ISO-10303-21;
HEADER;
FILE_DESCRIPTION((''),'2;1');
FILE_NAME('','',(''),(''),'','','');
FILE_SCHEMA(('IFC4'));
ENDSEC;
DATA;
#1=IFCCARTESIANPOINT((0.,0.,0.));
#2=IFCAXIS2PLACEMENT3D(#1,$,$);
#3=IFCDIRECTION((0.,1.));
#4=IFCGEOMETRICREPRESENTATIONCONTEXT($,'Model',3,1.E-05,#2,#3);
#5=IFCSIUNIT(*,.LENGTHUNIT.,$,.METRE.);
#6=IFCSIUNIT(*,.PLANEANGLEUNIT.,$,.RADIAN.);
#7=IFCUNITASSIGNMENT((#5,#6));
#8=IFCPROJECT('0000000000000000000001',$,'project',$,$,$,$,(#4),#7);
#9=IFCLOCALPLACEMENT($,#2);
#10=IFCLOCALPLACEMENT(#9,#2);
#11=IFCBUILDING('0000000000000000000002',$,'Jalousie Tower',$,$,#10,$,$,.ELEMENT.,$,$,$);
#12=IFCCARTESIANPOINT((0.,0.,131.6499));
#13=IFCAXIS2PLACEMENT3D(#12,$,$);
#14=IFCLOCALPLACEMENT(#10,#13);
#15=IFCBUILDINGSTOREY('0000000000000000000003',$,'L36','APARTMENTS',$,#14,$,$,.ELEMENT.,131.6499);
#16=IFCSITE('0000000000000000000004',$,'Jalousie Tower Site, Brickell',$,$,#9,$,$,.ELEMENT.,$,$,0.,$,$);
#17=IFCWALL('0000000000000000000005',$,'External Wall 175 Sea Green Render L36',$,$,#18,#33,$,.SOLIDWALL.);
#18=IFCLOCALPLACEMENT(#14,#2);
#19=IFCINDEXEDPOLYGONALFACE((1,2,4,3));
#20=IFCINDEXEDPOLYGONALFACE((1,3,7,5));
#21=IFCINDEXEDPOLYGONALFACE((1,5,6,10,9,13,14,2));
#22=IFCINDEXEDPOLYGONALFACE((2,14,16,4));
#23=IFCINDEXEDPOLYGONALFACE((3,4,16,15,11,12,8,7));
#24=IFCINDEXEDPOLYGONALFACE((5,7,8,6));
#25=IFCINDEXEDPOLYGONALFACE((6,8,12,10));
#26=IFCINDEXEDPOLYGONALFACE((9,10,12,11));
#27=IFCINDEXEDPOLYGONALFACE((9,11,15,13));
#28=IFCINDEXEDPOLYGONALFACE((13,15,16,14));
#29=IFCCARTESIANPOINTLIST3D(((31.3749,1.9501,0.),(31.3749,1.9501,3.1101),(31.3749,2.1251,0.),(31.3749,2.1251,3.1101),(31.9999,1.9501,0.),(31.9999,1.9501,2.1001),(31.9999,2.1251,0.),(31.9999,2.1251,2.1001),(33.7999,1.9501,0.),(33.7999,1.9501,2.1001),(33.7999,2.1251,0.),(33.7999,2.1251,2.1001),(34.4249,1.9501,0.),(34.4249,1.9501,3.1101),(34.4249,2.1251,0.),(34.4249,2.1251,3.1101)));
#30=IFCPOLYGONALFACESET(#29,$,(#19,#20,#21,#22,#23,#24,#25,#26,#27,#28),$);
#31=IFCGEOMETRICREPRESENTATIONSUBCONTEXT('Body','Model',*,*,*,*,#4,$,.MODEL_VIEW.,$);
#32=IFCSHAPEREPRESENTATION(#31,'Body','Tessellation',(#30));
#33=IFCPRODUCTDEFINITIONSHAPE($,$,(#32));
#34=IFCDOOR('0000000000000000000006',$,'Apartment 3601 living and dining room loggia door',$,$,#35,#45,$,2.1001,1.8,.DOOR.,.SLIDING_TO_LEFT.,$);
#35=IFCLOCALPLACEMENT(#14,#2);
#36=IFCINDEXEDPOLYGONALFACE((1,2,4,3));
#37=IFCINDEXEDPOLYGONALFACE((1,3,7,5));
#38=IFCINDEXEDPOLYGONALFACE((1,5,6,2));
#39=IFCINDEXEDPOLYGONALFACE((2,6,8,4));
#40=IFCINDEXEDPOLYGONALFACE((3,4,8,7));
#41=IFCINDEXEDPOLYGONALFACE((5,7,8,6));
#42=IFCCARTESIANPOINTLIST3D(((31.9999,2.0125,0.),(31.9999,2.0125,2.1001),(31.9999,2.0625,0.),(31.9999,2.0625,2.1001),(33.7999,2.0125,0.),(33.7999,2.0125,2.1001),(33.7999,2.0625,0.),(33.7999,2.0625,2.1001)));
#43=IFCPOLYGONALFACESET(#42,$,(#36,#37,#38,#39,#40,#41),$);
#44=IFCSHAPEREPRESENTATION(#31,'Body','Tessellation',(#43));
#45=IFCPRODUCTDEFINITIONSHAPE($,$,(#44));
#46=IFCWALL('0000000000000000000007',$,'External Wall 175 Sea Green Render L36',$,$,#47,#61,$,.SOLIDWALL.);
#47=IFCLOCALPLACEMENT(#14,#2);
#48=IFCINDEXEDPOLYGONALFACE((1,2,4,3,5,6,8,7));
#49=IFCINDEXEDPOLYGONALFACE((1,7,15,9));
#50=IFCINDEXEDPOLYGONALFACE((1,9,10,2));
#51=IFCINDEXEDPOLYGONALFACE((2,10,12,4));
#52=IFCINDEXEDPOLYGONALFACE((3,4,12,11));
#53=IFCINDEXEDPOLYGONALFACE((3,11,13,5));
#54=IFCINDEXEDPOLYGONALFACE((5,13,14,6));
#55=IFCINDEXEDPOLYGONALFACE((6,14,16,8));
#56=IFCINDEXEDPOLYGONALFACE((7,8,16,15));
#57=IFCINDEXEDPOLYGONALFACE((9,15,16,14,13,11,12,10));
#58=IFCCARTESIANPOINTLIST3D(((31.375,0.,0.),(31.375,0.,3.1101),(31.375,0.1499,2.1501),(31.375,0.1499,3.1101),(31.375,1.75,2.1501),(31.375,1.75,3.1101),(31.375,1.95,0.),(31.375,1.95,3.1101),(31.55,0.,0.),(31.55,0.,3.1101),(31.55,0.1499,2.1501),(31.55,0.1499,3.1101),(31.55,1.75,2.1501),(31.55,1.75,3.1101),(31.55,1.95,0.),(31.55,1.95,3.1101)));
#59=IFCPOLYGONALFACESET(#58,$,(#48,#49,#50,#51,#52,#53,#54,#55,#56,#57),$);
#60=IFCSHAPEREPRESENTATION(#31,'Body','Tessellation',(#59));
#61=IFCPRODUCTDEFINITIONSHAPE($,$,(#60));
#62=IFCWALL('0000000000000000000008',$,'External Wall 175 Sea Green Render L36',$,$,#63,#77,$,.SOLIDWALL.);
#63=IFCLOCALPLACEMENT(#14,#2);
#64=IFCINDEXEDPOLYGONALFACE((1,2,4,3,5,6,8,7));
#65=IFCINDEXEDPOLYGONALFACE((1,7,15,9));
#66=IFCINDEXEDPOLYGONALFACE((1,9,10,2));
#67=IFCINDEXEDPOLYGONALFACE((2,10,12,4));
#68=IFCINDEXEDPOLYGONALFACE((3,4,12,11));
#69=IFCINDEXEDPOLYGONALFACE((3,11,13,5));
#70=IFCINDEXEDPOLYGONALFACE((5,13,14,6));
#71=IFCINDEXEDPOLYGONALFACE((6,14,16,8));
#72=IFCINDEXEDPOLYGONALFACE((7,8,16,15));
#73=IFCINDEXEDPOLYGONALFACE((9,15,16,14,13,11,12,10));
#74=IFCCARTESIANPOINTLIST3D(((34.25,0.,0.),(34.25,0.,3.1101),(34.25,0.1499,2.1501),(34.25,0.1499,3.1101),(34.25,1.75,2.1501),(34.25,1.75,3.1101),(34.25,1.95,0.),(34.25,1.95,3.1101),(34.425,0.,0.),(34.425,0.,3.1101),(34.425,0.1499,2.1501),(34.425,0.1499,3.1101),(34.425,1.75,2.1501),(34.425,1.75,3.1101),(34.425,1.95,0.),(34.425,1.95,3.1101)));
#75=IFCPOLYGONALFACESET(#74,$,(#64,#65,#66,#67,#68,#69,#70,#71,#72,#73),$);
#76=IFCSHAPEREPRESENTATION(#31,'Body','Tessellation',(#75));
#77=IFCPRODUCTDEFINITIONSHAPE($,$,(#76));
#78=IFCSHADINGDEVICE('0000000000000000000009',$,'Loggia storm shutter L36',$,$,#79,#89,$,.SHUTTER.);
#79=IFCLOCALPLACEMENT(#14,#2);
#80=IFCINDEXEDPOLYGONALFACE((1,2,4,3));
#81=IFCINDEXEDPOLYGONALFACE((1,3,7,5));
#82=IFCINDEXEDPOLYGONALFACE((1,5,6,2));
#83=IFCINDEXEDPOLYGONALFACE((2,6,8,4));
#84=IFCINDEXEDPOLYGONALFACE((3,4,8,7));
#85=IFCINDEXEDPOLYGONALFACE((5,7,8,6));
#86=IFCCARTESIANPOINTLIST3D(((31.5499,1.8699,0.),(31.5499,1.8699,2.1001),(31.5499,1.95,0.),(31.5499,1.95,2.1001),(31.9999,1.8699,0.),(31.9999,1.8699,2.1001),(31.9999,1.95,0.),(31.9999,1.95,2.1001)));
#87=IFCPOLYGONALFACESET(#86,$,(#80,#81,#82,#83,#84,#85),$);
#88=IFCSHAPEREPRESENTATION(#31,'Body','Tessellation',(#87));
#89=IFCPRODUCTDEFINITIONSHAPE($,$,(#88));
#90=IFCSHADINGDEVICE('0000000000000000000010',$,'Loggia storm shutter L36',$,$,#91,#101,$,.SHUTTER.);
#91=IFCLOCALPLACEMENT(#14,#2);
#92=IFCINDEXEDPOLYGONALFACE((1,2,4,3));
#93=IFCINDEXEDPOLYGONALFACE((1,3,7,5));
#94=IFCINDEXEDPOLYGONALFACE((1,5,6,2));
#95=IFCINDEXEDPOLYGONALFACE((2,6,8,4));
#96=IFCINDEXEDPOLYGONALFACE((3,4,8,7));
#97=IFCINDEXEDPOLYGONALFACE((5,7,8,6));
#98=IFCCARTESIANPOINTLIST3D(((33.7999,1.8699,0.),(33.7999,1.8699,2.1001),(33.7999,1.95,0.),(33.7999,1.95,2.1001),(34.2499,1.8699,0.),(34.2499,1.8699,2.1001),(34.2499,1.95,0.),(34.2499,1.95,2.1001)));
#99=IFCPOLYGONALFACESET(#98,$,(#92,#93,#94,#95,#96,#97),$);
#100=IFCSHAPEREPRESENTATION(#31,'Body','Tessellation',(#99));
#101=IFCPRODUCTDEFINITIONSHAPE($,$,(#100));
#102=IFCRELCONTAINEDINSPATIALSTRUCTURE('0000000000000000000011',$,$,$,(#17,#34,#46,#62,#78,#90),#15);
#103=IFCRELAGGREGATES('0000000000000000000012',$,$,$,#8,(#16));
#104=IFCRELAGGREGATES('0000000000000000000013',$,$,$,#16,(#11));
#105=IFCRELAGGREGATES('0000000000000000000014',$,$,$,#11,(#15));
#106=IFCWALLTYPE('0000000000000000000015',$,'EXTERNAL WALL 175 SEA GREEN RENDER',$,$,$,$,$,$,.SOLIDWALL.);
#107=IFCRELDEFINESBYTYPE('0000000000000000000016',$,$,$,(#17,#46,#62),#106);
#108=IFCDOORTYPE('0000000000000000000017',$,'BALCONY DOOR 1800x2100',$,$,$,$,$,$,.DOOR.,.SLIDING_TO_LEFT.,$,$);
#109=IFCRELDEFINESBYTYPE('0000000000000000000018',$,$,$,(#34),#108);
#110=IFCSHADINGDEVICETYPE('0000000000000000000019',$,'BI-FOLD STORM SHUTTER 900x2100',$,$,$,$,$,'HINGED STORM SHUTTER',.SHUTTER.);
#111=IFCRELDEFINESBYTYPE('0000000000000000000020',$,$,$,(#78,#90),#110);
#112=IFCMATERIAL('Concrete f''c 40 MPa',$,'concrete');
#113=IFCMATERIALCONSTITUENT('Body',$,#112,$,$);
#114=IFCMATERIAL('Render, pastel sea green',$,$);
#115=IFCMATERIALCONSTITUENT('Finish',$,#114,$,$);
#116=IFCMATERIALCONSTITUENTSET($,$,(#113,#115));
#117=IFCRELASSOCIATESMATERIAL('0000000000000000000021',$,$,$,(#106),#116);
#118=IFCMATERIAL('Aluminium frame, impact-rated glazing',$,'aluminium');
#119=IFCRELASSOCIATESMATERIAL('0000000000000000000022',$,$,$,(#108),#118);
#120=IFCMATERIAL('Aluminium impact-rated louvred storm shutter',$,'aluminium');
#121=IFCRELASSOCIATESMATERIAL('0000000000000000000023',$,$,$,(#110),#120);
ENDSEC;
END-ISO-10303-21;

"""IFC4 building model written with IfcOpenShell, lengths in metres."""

from ifc_helpers import new_model, si_unit, direction, frame, frame_2d, origin, origin_2d, place, context, subcontext, project, spatial, polyline, rectangle, outline, extrude, material, constituent, constituent_set, type_object, element, fill, save


model = new_model("IFC4")

# Units and contexts
model_context = context("Model", 3, precision=1e-05, world=origin(), true_north=direction((0.0, 1.0)))
body_context = subcontext(model_context, "Body", "Model", "MODEL_VIEW")
ifc_project = project(units=[si_unit("LENGTHUNIT", "METRE"), si_unit("PLANEANGLEUNIT", "RADIAN")], contexts=[model_context])

# Site, building, storey
site_placement = place(None, origin())
site = spatial("IfcSite", under=ifc_project, at=site_placement, Name="Jalousie Tower Site, Brickell", CompositionType="ELEMENT", RefElevation=0.0)
building_placement = place(site_placement, origin())
building = spatial("IfcBuilding", under=site, at=building_placement, Name="Jalousie Tower", CompositionType="ELEMENT")
storey_placement = place(building_placement, frame((0.0, 0.0, 131.6499)))
storey = spatial("IfcBuildingStorey", under=building, at=storey_placement, Name="L36", Description="APARTMENTS", CompositionType="ELEMENT", Elevation=131.6499)

# Shared definitions
ifc_material_1 = material(Name="Concrete f'c 40 MPa", Category="concrete")
ifc_constituent_1 = constituent(ifc_material_1, Name="Body")
ifc_material_2 = material(Name="Render, pastel sea green")
ifc_constituent_2 = constituent(ifc_material_2, Name="Finish")
ifc_constituent_set = constituent_set(constituents=[ifc_constituent_1, ifc_constituent_2])
wall_type_1 = type_object("IfcWallType", Name="EXTERNAL WALL 175 SEA GREEN RENDER", PredefinedType="SOLIDWALL", material=ifc_constituent_set)

# Wall, opening, door
wall_1_placement = place(storey_placement, frame((31.375, 2.0376, 0.0), z_axis=(0.0, 0.0, 1.0), x_axis=(1.0, 0.0, 0.0)))
wall_1 = element("IfcWall", 1, at=wall_1_placement, inside=storey, type_object=wall_type_1, Name="External Wall 175 Sea Green Render L36", PredefinedType="SOLIDWALL", context=body_context, shape_type="SweptSolid", body=[
    extrude(rectangle(XDim=3.05, YDim=0.175, at=frame_2d((1.5249, 0.0))), origin(), (0.0, 0.0, 1.0), 3.1101),
])
opening_1_placement = place(wall_1_placement, frame((0.625, 0.0, 0.0)))
opening_1 = element("IfcOpeningElement", 2, at=opening_1_placement, cuts=wall_1, PredefinedType="OPENING", context=body_context, shape_type="SweptSolid", body=[
    extrude(rectangle(XDim=1.8, YDim=2.1001, at=frame_2d((0.8999, 1.05))), frame((0.0, 0.0974, 0.0), z_axis=(0.0, -1.0, 0.0), x_axis=(1.0, 0.0, 0.0)), (0.0, 0.0, 1.0), 0.1951),
])
ifc_material_3 = material(Name="Aluminium frame, impact-rated glazing", Category="aluminium")
door_type_1 = type_object("IfcDoorType", Name="BALCONY DOOR 1800x2100", OperationType="SLIDING_TO_LEFT", PredefinedType="DOOR", material=ifc_material_3)
door_1_placement = place(opening_1_placement, origin())
door_1 = element("IfcDoor", 3, at=door_1_placement, inside=storey, type_object=door_type_1, Name="Apartment 3601 living and dining room loggia door", OperationType="SLIDING_TO_LEFT", OverallHeight=2.1001, OverallWidth=1.8, PredefinedType="DOOR", context=body_context, shape_type="SweptSolid", body=[
    extrude(rectangle(XDim=1.8, YDim=2.1001, at=frame_2d((0.8999, 1.05))), frame((0.0, 0.0249, 0.0), z_axis=(0.0, -1.0, 0.0), x_axis=(1.0, 0.0, 0.0)), (0.0, 0.0, 1.0), 0.05),
])
fill(opening_1, door_1)

# Walls
for number, where, z_axis, x_axis, name in (
    (4, (31.4624, 0.0, 0.0), (0.0, 0.0, 1.0), (0.0, 1.0, 0.0), "External Wall 175 Sea Green Render L36"),
    (5, (34.3374, 0.0, 0.0), (0.0, 0.0, 1.0), (0.0, 1.0, 0.0), "External Wall 175 Sea Green Render L36"),
):
    element("IfcWall", number, at=place(storey_placement, frame(where, z_axis=z_axis, x_axis=x_axis)), inside=storey, type_object=wall_type_1, Name=name, PredefinedType="SOLIDWALL", context=body_context, shape_type="SweptSolid", body=[
        extrude(outline(polyline([(0.0, 0.0), (1.95, 0.0), (1.95, 3.1101), (1.75, 3.1101), (1.75, 2.1501), (0.1499, 2.1501), (0.1499, 3.1101), (0.0, 3.1101), (0.0, 0.0)])), frame((0.0, 0.0874, 0.0), z_axis=(0.0, -1.0, 0.0), x_axis=(1.0, 0.0, 0.0)), (0.0, 0.0, 1.0), 0.175),
    ])

# Shading devices
ifc_material_4 = material(Name="Aluminium impact-rated louvred storm shutter", Category="aluminium")
shading_device_type_1 = type_object("IfcShadingDeviceType", Name="BI-FOLD STORM SHUTTER 900x2100", ElementType="HINGED STORM SHUTTER", PredefinedType="SHUTTER", material=ifc_material_4)
for number, where, z_axis, x_axis, name in (
    (6, (31.7749, 1.9099, 0.0), (0.0, 0.0, 1.0), (1.0, 0.0, 0.0), "Loggia storm shutter L36"),
    (7, (34.0249, 1.9099, 0.0), (0.0, 0.0, 1.0), (1.0, 0.0, 0.0), "Loggia storm shutter L36"),
):
    element("IfcShadingDevice", number, at=place(storey_placement, frame(where, z_axis=z_axis, x_axis=x_axis)), inside=storey, type_object=shading_device_type_1, Name=name, PredefinedType="SHUTTER", context=body_context, shape_type="SweptSolid", body=[
        extrude(rectangle(XDim=0.45, YDim=0.0801, at=origin_2d()), origin(), (0.0, 0.0, 1.0), 2.1001),
    ])

save(model, "model.ifc")
